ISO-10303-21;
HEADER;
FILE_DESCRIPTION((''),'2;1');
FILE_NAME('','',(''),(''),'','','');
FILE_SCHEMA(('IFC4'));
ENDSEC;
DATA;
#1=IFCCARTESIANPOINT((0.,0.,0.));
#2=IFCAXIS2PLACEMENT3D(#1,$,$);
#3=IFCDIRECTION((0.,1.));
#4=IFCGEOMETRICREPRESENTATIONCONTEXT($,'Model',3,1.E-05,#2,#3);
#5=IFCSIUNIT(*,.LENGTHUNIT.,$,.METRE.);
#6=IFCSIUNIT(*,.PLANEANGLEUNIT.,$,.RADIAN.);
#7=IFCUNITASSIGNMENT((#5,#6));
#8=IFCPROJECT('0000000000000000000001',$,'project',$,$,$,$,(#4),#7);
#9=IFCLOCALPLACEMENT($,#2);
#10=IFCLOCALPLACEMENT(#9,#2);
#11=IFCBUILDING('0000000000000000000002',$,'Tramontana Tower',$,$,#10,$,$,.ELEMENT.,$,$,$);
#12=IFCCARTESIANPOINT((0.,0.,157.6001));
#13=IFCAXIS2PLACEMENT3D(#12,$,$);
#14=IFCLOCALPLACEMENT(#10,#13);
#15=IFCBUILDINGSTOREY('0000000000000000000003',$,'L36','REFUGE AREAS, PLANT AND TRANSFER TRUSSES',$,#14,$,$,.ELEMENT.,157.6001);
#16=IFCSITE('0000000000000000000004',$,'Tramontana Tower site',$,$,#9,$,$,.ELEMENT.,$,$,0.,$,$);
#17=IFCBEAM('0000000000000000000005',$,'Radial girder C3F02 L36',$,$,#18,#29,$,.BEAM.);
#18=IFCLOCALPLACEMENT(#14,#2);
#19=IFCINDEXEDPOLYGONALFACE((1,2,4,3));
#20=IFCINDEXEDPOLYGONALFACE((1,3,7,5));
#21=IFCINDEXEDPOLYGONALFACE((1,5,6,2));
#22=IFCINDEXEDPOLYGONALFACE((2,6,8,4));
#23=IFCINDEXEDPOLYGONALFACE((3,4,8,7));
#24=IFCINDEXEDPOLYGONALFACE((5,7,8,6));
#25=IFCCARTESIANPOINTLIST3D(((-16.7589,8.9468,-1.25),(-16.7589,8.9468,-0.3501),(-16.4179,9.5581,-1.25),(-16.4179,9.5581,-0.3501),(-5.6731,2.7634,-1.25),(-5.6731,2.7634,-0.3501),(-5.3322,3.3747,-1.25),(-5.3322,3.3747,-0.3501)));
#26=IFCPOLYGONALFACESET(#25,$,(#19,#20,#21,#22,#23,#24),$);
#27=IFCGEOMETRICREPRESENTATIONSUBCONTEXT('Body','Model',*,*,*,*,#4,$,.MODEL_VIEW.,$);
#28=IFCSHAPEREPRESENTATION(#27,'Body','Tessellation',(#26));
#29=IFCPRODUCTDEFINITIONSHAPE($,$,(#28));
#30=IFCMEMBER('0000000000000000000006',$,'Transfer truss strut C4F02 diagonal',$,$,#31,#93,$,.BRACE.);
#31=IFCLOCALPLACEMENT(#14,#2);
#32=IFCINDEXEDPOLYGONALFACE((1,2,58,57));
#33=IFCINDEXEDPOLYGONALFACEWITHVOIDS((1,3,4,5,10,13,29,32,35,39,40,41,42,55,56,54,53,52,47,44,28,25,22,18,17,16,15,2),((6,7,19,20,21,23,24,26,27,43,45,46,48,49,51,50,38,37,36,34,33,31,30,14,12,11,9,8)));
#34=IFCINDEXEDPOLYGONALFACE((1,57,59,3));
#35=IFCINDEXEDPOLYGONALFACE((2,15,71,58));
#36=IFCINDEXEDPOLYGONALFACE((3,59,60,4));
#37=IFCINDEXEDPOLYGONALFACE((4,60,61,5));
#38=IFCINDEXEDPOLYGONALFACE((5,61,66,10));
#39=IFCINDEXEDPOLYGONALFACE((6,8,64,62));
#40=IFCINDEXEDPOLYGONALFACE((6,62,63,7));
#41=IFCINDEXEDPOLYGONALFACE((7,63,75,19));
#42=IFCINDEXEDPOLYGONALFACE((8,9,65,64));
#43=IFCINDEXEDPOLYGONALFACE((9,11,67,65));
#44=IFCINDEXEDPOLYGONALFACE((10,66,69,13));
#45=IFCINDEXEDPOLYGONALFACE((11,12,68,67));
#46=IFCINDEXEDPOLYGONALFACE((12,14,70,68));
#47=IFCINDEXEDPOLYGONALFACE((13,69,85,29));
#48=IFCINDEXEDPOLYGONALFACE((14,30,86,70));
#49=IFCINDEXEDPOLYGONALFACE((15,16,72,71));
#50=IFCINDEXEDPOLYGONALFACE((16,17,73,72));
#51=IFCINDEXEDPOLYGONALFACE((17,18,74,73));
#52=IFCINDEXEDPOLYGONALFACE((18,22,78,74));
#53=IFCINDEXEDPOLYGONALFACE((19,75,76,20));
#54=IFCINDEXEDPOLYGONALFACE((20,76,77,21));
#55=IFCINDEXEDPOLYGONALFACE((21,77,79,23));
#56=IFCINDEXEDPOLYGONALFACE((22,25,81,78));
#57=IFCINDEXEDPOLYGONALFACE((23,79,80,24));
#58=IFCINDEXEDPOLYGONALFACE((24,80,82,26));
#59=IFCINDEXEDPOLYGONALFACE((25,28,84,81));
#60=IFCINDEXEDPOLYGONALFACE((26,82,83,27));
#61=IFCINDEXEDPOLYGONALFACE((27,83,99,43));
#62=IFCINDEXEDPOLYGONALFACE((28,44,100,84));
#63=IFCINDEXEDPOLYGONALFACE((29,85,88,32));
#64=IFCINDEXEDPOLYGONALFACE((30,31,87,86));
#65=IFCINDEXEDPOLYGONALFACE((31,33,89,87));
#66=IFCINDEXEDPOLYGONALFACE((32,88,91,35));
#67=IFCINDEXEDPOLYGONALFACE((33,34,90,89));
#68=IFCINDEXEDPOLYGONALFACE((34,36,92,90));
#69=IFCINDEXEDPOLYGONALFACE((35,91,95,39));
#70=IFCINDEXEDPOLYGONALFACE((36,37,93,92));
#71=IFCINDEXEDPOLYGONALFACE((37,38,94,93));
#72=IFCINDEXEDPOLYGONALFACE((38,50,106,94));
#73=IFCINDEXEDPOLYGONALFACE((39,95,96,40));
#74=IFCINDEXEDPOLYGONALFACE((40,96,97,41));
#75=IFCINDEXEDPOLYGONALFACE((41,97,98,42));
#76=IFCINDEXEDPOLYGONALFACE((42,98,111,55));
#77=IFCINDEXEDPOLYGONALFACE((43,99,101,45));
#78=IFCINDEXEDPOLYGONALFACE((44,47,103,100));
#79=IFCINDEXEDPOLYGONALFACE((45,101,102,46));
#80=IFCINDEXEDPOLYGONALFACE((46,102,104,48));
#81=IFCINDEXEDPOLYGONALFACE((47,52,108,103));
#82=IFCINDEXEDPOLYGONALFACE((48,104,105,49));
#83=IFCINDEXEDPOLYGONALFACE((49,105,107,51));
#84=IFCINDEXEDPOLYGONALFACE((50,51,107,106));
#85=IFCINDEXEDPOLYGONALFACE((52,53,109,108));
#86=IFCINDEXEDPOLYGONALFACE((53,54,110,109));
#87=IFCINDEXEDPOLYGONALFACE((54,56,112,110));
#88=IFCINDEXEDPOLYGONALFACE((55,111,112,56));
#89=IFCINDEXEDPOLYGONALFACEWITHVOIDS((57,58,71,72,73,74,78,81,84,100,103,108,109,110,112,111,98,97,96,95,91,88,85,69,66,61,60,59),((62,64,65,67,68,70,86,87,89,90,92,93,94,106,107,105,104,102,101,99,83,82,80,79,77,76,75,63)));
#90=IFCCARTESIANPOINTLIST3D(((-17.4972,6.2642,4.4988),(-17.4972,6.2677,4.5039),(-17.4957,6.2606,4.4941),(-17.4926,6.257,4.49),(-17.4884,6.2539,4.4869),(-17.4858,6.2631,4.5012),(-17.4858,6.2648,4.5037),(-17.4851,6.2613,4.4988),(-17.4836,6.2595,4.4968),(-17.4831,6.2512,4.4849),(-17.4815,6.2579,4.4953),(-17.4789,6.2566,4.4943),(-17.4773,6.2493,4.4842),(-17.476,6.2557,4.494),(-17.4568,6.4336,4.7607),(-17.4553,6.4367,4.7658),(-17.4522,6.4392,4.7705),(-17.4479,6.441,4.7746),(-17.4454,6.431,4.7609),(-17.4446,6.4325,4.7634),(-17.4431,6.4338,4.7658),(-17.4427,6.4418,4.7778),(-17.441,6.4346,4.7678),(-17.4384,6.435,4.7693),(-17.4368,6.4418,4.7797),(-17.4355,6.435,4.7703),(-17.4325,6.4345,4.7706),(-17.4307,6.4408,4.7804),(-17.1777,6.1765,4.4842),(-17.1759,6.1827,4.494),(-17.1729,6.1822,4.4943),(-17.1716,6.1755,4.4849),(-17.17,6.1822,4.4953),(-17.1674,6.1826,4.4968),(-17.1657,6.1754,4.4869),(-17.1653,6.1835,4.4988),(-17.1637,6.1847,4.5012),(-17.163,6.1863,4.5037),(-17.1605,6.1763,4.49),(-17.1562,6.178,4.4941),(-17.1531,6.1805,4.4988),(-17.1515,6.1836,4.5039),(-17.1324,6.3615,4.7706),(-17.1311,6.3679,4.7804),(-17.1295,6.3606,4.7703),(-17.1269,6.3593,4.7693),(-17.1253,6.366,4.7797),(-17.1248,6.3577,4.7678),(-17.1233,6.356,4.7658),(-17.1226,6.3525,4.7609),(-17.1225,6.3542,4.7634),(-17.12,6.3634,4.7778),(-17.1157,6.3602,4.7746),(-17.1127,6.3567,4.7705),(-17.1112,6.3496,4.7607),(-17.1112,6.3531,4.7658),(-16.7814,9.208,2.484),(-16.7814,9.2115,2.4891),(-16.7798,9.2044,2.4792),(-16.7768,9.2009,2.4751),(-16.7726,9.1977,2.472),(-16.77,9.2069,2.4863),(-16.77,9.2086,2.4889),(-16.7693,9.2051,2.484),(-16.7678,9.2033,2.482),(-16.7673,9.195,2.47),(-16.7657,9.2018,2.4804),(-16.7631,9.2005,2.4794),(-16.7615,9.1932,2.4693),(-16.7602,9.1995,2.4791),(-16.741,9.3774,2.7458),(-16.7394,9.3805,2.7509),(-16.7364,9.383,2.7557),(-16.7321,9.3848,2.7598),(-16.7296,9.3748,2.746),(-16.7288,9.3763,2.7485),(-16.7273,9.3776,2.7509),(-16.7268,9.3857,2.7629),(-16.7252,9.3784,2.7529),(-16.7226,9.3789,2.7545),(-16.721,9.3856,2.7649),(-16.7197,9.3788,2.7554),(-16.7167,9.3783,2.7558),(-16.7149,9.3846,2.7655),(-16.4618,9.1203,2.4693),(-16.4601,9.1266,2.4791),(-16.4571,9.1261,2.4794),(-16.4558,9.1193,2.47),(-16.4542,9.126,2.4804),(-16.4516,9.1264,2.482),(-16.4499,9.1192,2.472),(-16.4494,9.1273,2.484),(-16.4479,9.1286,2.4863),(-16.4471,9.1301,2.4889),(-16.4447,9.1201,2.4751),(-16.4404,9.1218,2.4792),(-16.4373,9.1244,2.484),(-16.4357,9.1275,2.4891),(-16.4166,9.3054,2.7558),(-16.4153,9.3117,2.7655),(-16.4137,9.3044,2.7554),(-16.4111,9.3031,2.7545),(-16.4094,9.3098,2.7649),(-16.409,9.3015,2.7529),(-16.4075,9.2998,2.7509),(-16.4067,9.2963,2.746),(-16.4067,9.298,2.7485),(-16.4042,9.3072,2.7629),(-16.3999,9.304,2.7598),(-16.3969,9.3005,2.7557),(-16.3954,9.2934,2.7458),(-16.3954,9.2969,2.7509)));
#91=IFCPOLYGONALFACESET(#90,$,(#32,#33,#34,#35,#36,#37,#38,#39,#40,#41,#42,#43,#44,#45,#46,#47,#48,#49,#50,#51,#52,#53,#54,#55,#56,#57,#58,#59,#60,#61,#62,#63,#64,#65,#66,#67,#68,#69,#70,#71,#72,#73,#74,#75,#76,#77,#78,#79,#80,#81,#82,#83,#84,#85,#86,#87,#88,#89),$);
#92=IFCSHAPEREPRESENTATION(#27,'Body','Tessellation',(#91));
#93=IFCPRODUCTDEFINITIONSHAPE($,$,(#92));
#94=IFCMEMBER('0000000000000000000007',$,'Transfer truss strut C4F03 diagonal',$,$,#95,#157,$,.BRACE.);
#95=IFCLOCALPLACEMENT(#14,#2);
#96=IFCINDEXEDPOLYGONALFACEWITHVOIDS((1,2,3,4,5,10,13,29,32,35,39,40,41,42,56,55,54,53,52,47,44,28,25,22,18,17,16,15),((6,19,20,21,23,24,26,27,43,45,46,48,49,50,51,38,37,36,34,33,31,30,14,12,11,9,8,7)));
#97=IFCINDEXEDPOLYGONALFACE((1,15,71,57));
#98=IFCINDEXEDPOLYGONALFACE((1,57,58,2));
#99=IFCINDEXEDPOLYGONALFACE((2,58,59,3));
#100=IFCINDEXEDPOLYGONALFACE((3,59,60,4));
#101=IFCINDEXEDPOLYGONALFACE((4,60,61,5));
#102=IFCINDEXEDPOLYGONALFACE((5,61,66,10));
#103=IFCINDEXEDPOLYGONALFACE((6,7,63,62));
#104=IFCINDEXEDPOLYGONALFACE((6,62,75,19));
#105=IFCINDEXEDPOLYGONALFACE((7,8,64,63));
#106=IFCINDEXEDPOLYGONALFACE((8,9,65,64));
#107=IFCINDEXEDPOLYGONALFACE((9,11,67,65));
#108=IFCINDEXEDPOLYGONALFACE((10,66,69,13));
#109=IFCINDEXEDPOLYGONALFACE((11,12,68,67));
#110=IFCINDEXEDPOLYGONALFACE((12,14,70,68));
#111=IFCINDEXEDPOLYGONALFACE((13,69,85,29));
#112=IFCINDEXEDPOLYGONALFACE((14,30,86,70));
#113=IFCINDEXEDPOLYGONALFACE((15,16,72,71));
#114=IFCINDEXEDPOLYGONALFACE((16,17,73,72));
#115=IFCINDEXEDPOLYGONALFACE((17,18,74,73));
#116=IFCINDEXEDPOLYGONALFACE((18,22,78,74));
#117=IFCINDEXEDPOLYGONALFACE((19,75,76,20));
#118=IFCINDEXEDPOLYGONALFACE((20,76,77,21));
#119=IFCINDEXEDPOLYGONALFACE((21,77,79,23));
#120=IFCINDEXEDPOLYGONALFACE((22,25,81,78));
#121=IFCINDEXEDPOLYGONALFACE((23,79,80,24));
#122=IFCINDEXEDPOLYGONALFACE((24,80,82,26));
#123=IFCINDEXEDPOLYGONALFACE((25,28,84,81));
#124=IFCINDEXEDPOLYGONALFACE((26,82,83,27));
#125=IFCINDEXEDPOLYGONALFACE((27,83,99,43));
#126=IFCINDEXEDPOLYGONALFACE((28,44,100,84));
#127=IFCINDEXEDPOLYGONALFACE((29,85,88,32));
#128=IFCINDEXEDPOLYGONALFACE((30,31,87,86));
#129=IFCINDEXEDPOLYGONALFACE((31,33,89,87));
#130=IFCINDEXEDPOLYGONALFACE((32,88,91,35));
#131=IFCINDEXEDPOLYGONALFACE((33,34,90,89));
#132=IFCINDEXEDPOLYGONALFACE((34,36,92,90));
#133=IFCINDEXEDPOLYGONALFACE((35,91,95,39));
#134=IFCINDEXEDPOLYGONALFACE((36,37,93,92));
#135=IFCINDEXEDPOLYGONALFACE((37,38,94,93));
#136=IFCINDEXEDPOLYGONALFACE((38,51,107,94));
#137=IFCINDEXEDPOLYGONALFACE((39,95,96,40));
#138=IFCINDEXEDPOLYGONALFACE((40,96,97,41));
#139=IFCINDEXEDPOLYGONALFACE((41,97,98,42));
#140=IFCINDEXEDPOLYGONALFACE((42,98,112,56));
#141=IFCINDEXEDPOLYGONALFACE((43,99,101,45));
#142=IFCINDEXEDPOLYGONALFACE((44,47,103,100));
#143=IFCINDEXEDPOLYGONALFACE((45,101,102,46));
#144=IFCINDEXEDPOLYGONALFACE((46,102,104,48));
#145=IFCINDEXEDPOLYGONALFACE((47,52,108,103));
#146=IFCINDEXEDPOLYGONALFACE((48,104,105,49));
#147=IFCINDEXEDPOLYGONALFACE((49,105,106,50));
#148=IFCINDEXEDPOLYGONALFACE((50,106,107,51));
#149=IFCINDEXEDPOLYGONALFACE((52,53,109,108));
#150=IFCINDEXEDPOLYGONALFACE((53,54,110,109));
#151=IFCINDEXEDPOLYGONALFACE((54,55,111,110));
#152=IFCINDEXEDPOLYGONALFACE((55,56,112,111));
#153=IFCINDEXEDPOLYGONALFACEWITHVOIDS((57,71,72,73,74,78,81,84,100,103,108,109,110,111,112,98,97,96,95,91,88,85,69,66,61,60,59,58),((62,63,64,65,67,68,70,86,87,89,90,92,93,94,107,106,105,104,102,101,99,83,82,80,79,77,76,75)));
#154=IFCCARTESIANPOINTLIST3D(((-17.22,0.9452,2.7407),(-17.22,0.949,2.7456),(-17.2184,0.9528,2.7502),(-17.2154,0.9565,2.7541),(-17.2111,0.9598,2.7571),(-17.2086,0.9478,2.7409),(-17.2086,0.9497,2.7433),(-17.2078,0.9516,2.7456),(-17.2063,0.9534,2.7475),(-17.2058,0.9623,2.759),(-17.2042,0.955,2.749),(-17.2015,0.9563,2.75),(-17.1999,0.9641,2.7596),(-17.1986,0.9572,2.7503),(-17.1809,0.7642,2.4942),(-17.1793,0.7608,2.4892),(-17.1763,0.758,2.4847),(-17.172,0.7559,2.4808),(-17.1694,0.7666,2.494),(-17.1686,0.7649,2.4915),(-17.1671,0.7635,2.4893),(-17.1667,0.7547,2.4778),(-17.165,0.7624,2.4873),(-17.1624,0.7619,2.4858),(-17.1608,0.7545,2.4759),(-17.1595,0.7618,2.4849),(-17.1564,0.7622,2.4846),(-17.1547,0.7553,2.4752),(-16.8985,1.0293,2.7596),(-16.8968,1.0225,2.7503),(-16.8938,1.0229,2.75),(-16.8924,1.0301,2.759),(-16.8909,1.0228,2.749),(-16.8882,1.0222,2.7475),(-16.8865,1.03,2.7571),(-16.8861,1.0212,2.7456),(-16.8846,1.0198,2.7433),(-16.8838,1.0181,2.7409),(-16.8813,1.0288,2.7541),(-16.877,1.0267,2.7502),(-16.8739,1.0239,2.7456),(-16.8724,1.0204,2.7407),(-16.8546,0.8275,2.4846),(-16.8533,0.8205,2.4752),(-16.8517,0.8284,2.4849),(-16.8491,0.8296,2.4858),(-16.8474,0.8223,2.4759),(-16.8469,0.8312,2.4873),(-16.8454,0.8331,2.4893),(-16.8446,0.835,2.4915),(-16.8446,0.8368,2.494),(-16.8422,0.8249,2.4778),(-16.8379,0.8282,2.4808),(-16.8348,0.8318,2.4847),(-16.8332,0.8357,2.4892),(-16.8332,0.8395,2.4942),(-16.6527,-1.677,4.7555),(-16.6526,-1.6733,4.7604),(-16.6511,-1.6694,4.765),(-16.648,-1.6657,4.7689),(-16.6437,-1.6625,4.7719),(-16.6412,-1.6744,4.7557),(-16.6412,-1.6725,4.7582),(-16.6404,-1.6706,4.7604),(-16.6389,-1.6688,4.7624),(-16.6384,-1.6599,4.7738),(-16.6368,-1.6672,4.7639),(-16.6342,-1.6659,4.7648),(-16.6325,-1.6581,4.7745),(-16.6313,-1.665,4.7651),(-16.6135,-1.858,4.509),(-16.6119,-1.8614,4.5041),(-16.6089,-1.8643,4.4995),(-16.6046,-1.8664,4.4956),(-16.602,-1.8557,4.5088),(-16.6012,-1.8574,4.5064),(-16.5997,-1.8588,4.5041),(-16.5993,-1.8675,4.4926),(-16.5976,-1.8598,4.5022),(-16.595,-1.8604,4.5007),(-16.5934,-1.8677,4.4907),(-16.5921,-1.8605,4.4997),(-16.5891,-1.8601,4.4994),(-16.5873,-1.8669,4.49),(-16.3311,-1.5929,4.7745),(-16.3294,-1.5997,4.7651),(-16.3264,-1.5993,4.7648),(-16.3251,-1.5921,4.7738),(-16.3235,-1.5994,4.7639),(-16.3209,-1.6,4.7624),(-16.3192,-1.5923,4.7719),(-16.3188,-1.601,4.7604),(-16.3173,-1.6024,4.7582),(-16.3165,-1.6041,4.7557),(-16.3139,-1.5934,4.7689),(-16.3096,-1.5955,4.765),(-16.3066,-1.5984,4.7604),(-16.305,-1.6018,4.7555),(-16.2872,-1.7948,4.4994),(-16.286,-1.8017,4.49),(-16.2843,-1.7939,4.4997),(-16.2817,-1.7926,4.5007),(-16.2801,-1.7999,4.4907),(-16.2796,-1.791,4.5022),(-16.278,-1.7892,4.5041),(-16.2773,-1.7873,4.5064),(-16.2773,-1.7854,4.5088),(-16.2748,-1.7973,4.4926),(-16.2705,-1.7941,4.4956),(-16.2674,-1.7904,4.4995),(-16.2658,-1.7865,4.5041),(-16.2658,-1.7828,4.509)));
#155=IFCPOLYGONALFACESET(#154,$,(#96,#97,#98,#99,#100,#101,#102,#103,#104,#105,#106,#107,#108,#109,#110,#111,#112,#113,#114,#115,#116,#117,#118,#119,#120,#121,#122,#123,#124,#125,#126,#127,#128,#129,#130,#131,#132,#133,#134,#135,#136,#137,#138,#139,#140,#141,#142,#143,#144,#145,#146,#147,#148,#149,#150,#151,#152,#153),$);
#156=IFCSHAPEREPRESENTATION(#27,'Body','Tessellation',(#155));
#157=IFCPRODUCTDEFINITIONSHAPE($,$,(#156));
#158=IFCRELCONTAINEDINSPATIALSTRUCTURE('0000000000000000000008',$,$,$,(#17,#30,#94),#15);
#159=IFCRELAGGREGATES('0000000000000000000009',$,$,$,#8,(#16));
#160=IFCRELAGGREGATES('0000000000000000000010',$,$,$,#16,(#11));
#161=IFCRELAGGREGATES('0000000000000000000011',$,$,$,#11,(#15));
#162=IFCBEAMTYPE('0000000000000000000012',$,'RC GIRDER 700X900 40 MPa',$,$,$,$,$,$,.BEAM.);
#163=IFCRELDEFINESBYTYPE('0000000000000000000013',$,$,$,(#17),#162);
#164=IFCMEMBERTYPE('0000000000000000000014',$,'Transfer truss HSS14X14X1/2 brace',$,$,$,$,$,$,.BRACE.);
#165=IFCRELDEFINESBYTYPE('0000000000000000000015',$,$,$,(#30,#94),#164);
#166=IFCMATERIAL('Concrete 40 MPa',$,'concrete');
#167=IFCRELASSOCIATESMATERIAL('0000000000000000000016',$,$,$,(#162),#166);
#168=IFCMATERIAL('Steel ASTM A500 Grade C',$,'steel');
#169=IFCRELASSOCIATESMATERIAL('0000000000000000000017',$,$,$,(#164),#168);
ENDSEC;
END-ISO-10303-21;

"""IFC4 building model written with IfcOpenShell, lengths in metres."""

from ifc_helpers import new_model, si_unit, direction, frame, origin, origin_2d, place, context, subcontext, project, spatial, rectangle, hollow_rectangle, extrude, material, material_profile, profile_set, type_object, element, save


model = new_model("IFC4")

# Units and contexts
model_context = context("Model", 3, precision=1e-05, world=origin(), true_north=direction((0.0, 1.0)))
body_context = subcontext(model_context, "Body", "Model", "MODEL_VIEW")
ifc_project = project(units=[si_unit("LENGTHUNIT", "METRE"), si_unit("PLANEANGLEUNIT", "RADIAN")], contexts=[model_context])

# Site, building, storey
site_placement = place(None, origin())
site = spatial("IfcSite", under=ifc_project, at=site_placement, Name="Tramontana Tower site", CompositionType="ELEMENT", RefElevation=0.0)
building_placement = place(site_placement, origin())
building = spatial("IfcBuilding", under=site, at=building_placement, Name="Tramontana Tower", CompositionType="ELEMENT")
storey_placement = place(building_placement, frame((0.0, 0.0, 157.6001)))
storey = spatial("IfcBuildingStorey", under=building, at=storey_placement, Name="L36", Description="REFUGE AREAS, PLANT AND TRANSFER TRUSSES", CompositionType="ELEMENT", Elevation=157.6001)

# Beam
ifc_material_1 = material(Name="Concrete 40 MPa", Category="concrete")
ifc_material_profile_1 = material_profile(ifc_material_1, rectangle(XDim=0.7, YDim=0.8999, at=origin_2d()), Name="RC GIRDER 700X900 40 MPa")
ifc_profile_set_1 = profile_set([ifc_material_profile_1], Name="Concrete 40 MPa")
beam_type_1 = type_object("IfcBeamType", Name="RC GIRDER 700X900 40 MPa", PredefinedType="BEAM", material=ifc_profile_set_1)
beam_1_placement = place(storey_placement, frame((-16.5884, 9.2524, -0.8), z_axis=(0.873332, -0.487125, 0.0), x_axis=(0.487125, 0.873332, 0.0)))
element("IfcBeam", 1, at=beam_1_placement, inside=storey, type_object=beam_type_1, Name="Radial girder C3F02 L36", PredefinedType="BEAM", context=body_context, shape_type="SweptSolid", body=[
    extrude(rectangle(XDim=0.7, YDim=0.8999, at=origin_2d()), origin(), (0.0, 0.0, 1.0), 12.6936),
])

# Members
ifc_material_2 = material(Name="Steel ASTM A500 Grade C", Category="steel")
ifc_material_profile_2 = material_profile(ifc_material_2, hollow_rectangle(XDim=0.3557, YDim=0.3557, WallThickness=0.0117, InnerFilletRadius=0.0117, OuterFilletRadius=0.0237, at=origin_2d()), Name="HSS14X14X1/2")
ifc_profile_set_2 = profile_set([ifc_material_profile_2], Name="Steel ASTM A500 Grade C")
member_type_1 = type_object("IfcMemberType", Name="Transfer truss HSS14X14X1/2 brace", PredefinedType="BRACE", material=ifc_profile_set_2)
member_1_placement = place(storey_placement, frame((-16.5884, 9.2524, 2.6174), z_axis=(-0.196737, -0.80909, 0.553775), x_axis=(0.971687, -0.236273, 0.0)))
element("IfcMember", 2, at=member_1_placement, inside=storey, type_object=member_type_1, Name="Transfer truss strut C4F02 diagonal", PredefinedType="BRACE", context=body_context, shape_type="SweptSolid", body=[
    extrude(hollow_rectangle(XDim=0.3557, YDim=0.3557, WallThickness=0.0117, InnerFilletRadius=0.0117, OuterFilletRadius=0.0237, at=origin_2d()), origin(), (0.0, 0.0, 1.0), 3.6384),
])
member_2_placement = place(storey_placement, frame((-17.0266, 0.8923, 2.6174), z_axis=(0.169099, -0.781537, 0.600505), x_axis=(0.977384, 0.211474, 0.0)))
element("IfcMember", 3, at=member_2_placement, inside=storey, type_object=member_type_1, Name="Transfer truss strut C4F03 diagonal", PredefinedType="BRACE", context=body_context, shape_type="SweptSolid", body=[
    extrude(hollow_rectangle(XDim=0.3557, YDim=0.3557, WallThickness=0.0117, InnerFilletRadius=0.0117, OuterFilletRadius=0.0237, at=origin_2d()), origin(), (0.0, 0.0, 1.0), 3.3552),
])

save(model, "model.ifc")
